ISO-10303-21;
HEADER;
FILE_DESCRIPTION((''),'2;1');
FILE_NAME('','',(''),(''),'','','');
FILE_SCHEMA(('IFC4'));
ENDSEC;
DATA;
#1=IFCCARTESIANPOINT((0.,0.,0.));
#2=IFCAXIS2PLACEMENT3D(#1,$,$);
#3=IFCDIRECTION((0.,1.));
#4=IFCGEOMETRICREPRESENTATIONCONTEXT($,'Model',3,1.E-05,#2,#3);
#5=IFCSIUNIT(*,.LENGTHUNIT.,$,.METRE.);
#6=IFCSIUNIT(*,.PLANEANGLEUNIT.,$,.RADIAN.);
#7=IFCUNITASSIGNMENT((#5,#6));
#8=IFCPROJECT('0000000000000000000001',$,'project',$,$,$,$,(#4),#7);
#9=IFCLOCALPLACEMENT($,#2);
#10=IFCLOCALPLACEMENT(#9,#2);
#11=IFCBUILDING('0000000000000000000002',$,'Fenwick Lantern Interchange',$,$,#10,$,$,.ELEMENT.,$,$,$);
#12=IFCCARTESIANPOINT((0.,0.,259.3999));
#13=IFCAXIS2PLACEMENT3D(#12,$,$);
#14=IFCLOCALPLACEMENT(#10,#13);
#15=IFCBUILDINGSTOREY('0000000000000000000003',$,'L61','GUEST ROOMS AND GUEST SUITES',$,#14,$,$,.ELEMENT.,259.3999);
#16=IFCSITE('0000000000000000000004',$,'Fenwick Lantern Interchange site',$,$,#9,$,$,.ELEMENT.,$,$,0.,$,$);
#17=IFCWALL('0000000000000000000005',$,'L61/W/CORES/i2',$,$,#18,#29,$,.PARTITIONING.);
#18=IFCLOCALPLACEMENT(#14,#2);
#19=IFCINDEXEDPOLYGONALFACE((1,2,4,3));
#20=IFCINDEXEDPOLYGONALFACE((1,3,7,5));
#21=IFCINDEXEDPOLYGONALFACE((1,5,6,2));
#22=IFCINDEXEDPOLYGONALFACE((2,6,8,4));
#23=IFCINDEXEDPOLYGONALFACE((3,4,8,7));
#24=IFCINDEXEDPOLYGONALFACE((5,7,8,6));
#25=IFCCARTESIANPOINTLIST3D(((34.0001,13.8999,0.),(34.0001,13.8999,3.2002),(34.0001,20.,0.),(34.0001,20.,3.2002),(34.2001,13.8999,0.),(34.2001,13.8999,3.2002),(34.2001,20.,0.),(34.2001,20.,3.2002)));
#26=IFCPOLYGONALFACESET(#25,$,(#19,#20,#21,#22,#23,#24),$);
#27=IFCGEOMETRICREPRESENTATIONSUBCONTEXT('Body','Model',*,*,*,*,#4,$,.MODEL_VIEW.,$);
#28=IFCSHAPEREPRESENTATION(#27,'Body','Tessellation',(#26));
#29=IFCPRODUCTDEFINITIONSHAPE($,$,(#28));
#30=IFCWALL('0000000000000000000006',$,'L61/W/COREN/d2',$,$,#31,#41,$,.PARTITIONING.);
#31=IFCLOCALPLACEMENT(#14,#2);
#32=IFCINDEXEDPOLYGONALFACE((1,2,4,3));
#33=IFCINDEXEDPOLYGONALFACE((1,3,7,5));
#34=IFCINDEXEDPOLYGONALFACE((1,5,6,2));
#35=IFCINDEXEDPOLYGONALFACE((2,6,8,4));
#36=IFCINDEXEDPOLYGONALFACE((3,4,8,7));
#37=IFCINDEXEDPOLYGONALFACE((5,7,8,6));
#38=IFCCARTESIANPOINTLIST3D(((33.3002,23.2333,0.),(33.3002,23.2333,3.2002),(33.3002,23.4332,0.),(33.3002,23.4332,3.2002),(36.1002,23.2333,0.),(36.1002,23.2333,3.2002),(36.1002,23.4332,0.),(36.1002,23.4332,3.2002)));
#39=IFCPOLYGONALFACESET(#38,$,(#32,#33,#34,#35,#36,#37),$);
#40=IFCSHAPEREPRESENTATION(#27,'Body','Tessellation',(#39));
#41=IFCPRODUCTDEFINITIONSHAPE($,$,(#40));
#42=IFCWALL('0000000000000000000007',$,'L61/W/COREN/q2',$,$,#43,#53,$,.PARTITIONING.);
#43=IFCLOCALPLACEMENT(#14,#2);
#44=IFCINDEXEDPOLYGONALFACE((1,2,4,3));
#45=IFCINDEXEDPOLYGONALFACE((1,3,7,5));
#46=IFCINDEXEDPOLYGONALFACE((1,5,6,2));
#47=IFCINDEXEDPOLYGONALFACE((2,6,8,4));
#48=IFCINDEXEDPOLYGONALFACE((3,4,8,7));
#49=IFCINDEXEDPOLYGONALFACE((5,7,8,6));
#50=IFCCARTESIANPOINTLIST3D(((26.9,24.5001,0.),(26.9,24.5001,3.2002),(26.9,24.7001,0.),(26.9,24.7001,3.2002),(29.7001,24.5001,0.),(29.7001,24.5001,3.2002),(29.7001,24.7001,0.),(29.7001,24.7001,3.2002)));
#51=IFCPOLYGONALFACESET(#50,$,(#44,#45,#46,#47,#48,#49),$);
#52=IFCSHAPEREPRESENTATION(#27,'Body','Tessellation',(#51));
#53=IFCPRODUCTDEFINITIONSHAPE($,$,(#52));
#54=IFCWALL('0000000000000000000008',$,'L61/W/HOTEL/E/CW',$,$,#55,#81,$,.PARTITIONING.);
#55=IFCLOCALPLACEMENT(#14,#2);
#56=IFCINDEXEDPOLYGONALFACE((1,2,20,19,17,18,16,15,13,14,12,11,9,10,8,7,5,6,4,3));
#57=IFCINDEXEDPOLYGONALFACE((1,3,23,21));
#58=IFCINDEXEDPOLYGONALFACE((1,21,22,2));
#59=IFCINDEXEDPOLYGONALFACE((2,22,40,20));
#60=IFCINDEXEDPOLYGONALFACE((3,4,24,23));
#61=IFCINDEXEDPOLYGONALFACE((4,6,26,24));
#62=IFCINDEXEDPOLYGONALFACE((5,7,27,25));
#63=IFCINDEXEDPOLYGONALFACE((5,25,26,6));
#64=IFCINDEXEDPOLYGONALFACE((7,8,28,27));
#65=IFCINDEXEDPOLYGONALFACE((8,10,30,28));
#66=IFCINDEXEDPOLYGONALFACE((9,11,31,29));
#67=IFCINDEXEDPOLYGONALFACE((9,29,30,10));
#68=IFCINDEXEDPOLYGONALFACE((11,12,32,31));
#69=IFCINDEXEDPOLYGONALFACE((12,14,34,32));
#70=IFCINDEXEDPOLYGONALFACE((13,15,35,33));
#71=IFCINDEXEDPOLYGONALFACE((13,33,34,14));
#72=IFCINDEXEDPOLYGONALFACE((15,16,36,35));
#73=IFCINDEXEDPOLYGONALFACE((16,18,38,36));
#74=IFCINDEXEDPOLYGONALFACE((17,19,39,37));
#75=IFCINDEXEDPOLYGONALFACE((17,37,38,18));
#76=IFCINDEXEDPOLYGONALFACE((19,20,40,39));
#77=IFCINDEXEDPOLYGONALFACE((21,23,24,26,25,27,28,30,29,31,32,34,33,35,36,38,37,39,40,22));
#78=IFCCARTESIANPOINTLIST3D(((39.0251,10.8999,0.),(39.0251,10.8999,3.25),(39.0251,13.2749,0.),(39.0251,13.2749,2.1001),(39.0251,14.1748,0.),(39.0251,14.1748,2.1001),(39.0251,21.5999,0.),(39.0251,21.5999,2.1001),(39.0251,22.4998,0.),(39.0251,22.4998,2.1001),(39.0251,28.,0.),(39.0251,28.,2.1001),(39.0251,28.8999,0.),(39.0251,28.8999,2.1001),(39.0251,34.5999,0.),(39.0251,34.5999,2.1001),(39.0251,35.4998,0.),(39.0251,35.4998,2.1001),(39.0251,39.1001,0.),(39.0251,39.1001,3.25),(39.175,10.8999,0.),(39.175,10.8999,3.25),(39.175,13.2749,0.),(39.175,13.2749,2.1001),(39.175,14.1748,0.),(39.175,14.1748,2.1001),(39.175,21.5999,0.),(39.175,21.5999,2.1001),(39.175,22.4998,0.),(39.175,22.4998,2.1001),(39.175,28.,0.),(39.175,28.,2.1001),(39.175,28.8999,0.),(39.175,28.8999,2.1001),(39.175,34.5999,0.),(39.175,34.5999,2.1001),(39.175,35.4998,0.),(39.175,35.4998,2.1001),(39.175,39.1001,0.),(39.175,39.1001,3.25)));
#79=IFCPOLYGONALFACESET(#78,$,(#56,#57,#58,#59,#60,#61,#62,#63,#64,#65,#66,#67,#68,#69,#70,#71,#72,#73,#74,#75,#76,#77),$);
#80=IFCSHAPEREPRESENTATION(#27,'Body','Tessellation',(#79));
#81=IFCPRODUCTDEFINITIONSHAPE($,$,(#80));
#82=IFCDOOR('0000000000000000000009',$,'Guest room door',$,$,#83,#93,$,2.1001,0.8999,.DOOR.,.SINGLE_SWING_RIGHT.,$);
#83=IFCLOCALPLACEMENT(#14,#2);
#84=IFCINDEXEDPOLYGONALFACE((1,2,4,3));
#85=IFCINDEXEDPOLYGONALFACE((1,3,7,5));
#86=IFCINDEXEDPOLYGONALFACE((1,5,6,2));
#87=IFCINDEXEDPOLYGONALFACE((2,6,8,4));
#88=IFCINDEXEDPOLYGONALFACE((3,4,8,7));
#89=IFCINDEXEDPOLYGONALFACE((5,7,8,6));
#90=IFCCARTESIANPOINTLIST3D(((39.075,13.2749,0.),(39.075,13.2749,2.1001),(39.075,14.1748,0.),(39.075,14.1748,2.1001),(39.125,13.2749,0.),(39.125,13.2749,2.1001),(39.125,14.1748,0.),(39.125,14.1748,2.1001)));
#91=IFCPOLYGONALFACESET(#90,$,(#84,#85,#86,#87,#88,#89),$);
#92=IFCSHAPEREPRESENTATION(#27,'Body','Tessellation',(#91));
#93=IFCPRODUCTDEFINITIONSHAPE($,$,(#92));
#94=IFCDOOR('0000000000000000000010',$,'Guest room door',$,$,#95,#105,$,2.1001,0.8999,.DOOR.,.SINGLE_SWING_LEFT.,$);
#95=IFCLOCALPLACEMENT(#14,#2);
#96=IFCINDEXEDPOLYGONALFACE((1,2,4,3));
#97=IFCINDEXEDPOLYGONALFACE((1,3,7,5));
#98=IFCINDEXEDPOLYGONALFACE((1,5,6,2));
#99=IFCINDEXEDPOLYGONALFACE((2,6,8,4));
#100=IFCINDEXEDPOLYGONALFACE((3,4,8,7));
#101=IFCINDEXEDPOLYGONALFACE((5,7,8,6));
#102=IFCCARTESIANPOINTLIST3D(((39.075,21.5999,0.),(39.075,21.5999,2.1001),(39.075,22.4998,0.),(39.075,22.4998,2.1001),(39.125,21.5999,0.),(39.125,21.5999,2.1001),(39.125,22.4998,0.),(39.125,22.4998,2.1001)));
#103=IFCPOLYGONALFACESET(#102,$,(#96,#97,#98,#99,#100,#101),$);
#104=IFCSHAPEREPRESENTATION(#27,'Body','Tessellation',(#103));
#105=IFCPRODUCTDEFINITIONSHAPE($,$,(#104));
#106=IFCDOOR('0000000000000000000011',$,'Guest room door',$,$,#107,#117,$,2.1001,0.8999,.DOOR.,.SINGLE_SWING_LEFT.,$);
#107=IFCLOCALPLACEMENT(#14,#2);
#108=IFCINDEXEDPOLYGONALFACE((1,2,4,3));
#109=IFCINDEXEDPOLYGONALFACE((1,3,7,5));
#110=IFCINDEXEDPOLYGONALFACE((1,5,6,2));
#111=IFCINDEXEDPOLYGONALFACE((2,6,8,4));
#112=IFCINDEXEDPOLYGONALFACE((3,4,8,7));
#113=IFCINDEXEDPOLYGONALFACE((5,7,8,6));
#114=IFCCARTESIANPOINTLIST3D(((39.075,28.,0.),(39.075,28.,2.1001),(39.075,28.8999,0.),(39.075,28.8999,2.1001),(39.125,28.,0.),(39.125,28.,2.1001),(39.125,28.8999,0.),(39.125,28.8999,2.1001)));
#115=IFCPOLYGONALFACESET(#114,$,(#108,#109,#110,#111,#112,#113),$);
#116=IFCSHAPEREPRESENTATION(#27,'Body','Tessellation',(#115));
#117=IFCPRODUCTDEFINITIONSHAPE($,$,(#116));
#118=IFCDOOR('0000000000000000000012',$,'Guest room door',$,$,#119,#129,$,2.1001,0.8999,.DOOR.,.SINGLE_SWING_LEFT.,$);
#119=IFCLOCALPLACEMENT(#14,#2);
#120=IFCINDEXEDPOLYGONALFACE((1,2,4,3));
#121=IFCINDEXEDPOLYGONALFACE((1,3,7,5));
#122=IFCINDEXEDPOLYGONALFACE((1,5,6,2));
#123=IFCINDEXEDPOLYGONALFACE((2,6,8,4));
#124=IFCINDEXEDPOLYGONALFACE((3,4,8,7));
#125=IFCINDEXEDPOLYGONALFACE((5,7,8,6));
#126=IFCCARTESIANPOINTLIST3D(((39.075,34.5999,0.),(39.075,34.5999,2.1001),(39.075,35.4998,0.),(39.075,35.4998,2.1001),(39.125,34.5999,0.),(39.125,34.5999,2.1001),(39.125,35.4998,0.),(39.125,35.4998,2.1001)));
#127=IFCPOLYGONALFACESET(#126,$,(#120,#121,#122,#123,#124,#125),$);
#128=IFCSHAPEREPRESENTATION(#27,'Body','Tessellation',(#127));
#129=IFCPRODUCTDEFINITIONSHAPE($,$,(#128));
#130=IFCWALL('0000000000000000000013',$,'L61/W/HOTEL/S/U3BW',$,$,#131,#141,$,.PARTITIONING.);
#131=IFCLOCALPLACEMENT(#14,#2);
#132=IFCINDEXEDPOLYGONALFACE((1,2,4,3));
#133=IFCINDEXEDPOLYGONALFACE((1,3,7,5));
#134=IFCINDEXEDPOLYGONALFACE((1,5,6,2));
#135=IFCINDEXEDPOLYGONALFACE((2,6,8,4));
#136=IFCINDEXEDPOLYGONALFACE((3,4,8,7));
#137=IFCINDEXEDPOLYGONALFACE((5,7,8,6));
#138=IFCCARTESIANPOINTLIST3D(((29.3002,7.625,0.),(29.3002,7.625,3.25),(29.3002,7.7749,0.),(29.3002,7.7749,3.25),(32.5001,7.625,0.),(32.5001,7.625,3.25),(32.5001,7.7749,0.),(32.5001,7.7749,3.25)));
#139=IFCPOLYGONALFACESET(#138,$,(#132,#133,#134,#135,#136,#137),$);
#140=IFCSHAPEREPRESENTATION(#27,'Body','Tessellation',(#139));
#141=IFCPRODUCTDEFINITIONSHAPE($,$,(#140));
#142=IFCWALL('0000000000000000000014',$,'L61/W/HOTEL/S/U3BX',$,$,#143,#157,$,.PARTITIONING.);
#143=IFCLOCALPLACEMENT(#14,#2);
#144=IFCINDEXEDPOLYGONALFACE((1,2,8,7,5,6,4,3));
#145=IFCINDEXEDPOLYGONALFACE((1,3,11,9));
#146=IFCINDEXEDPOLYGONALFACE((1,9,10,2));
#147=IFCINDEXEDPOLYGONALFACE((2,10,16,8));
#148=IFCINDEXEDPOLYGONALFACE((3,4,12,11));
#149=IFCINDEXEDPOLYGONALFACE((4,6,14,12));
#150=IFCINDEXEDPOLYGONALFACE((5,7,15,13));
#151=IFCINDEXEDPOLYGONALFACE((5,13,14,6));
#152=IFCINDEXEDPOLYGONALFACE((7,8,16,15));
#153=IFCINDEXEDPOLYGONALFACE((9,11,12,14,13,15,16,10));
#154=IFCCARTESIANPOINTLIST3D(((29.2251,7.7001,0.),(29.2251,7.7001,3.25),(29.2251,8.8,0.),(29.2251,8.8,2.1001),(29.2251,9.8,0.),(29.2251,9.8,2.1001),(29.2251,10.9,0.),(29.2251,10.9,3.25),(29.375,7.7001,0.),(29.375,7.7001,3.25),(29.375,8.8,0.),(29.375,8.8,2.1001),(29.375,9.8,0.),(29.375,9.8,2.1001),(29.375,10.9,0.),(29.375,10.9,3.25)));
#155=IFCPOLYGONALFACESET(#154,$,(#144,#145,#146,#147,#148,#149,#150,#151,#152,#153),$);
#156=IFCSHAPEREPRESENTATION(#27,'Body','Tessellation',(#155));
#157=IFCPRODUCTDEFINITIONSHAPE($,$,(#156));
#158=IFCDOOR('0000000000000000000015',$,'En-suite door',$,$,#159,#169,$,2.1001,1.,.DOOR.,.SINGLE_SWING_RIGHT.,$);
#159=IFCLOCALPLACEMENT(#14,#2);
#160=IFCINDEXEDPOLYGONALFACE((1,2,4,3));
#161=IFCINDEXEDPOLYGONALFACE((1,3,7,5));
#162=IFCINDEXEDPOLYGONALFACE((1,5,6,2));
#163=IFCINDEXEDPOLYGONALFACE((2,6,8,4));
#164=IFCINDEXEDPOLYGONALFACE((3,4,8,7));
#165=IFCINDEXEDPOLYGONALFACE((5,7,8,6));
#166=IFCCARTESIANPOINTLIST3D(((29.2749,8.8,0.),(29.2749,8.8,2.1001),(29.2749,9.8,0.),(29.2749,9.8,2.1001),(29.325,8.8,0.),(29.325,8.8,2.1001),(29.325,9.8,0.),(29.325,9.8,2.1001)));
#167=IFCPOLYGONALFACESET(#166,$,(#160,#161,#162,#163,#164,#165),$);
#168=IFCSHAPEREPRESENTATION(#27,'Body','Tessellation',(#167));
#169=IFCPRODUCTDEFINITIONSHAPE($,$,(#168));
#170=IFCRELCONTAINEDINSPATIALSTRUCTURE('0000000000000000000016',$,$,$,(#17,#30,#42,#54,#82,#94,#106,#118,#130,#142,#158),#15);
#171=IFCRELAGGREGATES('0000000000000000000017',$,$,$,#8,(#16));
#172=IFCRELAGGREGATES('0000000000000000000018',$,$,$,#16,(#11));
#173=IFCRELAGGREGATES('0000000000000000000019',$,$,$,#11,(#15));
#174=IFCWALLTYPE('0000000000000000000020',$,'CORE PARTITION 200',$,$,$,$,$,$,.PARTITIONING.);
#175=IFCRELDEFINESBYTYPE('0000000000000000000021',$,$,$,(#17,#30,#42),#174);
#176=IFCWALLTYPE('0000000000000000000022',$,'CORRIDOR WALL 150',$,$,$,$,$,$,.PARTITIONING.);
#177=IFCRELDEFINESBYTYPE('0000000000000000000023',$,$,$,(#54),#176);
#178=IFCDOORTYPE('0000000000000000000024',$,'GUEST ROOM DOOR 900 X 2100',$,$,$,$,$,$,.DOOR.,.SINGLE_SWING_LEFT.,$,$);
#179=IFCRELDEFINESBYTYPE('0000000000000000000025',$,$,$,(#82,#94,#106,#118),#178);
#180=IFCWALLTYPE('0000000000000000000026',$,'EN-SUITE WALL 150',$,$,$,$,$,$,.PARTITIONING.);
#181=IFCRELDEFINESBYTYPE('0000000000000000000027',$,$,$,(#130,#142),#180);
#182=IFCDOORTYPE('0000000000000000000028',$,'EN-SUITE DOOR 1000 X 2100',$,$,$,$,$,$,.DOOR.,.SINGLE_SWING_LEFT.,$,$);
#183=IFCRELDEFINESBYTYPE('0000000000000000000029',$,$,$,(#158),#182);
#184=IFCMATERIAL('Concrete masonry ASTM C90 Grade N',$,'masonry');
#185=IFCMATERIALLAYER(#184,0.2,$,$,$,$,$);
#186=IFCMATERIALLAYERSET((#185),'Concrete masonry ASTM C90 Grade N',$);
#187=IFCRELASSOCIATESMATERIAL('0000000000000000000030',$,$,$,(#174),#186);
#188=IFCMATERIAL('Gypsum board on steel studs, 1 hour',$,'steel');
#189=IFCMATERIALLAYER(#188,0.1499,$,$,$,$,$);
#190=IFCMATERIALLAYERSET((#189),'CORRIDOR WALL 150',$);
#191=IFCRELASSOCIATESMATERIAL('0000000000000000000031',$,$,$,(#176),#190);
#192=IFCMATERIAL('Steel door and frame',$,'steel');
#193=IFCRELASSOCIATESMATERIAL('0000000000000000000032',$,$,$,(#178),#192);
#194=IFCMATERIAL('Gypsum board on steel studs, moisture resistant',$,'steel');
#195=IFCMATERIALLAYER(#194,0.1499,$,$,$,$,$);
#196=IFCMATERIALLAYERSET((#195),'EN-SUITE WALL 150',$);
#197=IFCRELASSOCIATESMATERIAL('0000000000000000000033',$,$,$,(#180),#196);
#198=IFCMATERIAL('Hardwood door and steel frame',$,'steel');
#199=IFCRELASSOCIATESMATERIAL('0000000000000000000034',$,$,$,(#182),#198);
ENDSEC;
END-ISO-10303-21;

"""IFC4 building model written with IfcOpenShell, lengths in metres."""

from ifc_helpers import new_model, si_unit, direction, frame, frame_2d, origin, place, context, subcontext, project, spatial, rectangle, extrude, material, layer, layer_set, type_object, element, fill, save


model = new_model("IFC4")

# Units and contexts
model_context = context("Model", 3, precision=1e-05, world=origin(), true_north=direction((0.0, 1.0)))
body_context = subcontext(model_context, "Body", "Model", "MODEL_VIEW")
ifc_project = project(units=[si_unit("LENGTHUNIT", "METRE"), si_unit("PLANEANGLEUNIT", "RADIAN")], contexts=[model_context])

# Site, building, storey
site_placement = place(None, origin())
site = spatial("IfcSite", under=ifc_project, at=site_placement, Name="Fenwick Lantern Interchange site", CompositionType="ELEMENT", RefElevation=0.0)
building_placement = place(site_placement, origin())
building = spatial("IfcBuilding", under=site, at=building_placement, Name="Fenwick Lantern Interchange", CompositionType="ELEMENT")
storey_placement = place(building_placement, frame((0.0, 0.0, 259.3999)))
storey = spatial("IfcBuildingStorey", under=building, at=storey_placement, Name="L61", Description="GUEST ROOMS AND GUEST SUITES", CompositionType="ELEMENT", Elevation=259.3999)

# Walls
ifc_material_1 = material(Name="Concrete masonry ASTM C90 Grade N", Category="masonry")
ifc_layer_1 = layer(ifc_material_1, 0.2)
ifc_layer_set_1 = layer_set([ifc_layer_1], Name="Concrete masonry ASTM C90 Grade N")
wall_type_1 = type_object("IfcWallType", Name="CORE PARTITION 200", PredefinedType="PARTITIONING", material=ifc_layer_set_1)
wall_1_placement = place(storey_placement, frame((34.1001, 13.8999, 0.0), z_axis=(0.0, 0.0, 1.0), x_axis=(0.0, 1.0, 0.0)))
element("IfcWall", 1, at=wall_1_placement, inside=storey, type_object=wall_type_1, Name="L61/W/CORES/i2", PredefinedType="PARTITIONING", context=body_context, shape_type="SweptSolid", body=[
    extrude(rectangle(XDim=6.1001, YDim=0.2, at=frame_2d((3.05, 0.0))), origin(), (0.0, 0.0, 1.0), 3.2002),
])
for number, where, z_axis, x_axis, name in (
    (2, (36.1001, 23.3333, 0.0), (0.0, 0.0, 1.0), (-1.0, 0.0, 0.0), "L61/W/COREN/d2"),
    (3, (29.7, 24.6001, 0.0), (0.0, 0.0, 1.0), (-1.0, 0.0, 0.0), "L61/W/COREN/q2"),
):
    element("IfcWall", number, at=place(storey_placement, frame(where, z_axis=z_axis, x_axis=x_axis)), inside=storey, type_object=wall_type_1, Name=name, PredefinedType="PARTITIONING", context=body_context, shape_type="SweptSolid", body=[
        extrude(rectangle(XDim=2.8, YDim=0.2, at=frame_2d((1.3999, 0.0))), origin(), (0.0, 0.0, 1.0), 3.2002),
    ])

# Wall, openings, doors
ifc_material_2 = material(Name="Steel door and frame", Category="steel")
ifc_material_3 = material(Name="Hardwood door and steel frame", Category="steel")
ifc_material_4 = material(Name="Gypsum board on steel studs, 1 hour", Category="steel")
ifc_layer_2 = layer(ifc_material_4, 0.1499)
ifc_layer_set_2 = layer_set([ifc_layer_2], Name="CORRIDOR WALL 150")
wall_type_2 = type_object("IfcWallType", Name="CORRIDOR WALL 150", PredefinedType="PARTITIONING", material=ifc_layer_set_2)
wall_2_placement = place(storey_placement, frame((39.1001, 10.8999, 0.0), z_axis=(0.0, 0.0, 1.0), x_axis=(0.0, 1.0, 0.0)))
wall_2 = element("IfcWall", 4, at=wall_2_placement, inside=storey, type_object=wall_type_2, Name="L61/W/HOTEL/E/CW", PredefinedType="PARTITIONING", context=body_context, shape_type="SweptSolid", body=[
    extrude(rectangle(XDim=28.2002, YDim=0.1499, at=frame_2d((14.1001, 0.0))), origin(), (0.0, 0.0, 1.0), 3.25),
])
opening_1_placement = place(wall_2_placement, frame((2.375, 0.0, 0.0)))
opening_1 = element("IfcOpeningElement", 5, at=opening_1_placement, cuts=wall_2, PredefinedType="OPENING", context=body_context, shape_type="SweptSolid", body=[
    extrude(rectangle(XDim=0.8999, YDim=2.1001, at=frame_2d((0.45, 1.05))), frame((0.0, 0.085, 0.0), z_axis=(0.0, -1.0, 0.0), x_axis=(1.0, 0.0, 0.0)), (0.0, 0.0, 1.0), 0.1699),
])
opening_2_placement = place(wall_2_placement, frame((10.7, 0.0, 0.0)))
opening_2 = element("IfcOpeningElement", 6, at=opening_2_placement, cuts=wall_2, PredefinedType="OPENING", context=body_context, shape_type="SweptSolid", body=[
    extrude(rectangle(XDim=0.8999, YDim=2.1001, at=frame_2d((0.45, 1.05))), frame((0.0, 0.085, 0.0), z_axis=(0.0, -1.0, 0.0), x_axis=(1.0, 0.0, 0.0)), (0.0, 0.0, 1.0), 0.1699),
])
opening_3_placement = place(wall_2_placement, frame((17.1001, 0.0, 0.0)))
opening_3 = element("IfcOpeningElement", 7, at=opening_3_placement, cuts=wall_2, PredefinedType="OPENING", context=body_context, shape_type="SweptSolid", body=[
    extrude(rectangle(XDim=0.8999, YDim=2.1001, at=frame_2d((0.45, 1.05))), frame((0.0, 0.085, 0.0), z_axis=(0.0, -1.0, 0.0), x_axis=(1.0, 0.0, 0.0)), (0.0, 0.0, 1.0), 0.1699),
])
opening_4_placement = place(wall_2_placement, frame((23.7, 0.0, 0.0)))
opening_4 = element("IfcOpeningElement", 8, at=opening_4_placement, cuts=wall_2, PredefinedType="OPENING", context=body_context, shape_type="SweptSolid", body=[
    extrude(rectangle(XDim=0.8999, YDim=2.1001, at=frame_2d((0.45, 1.05))), frame((0.0, 0.085, 0.0), z_axis=(0.0, -1.0, 0.0), x_axis=(1.0, 0.0, 0.0)), (0.0, 0.0, 1.0), 0.1699),
])
door_type_1 = type_object("IfcDoorType", Name="GUEST ROOM DOOR 900 X 2100", OperationType="SINGLE_SWING_LEFT", PredefinedType="DOOR", material=ifc_material_2)
door_1_placement = place(opening_1_placement, frame((0.8999, 0.0, 0.0), z_axis=(0.0, 0.0, 1.0), x_axis=(-1.0, 0.0, 0.0)))
door_1 = element("IfcDoor", 9, at=door_1_placement, inside=storey, type_object=door_type_1, Name="Guest room door", OperationType="SINGLE_SWING_RIGHT", OverallHeight=2.1001, OverallWidth=0.8999, PredefinedType="DOOR", context=body_context, shape_type="SweptSolid", body=[
    extrude(rectangle(XDim=0.8999, YDim=2.1001, at=frame_2d((0.45, 1.05))), frame((0.0, 0.0249, 0.0), z_axis=(0.0, -1.0, 0.0), x_axis=(1.0, 0.0, 0.0)), (0.0, 0.0, 1.0), 0.05),
])
fill(opening_1, door_1)
door_2_placement = place(opening_2_placement, frame((0.8999, 0.0, 0.0), z_axis=(0.0, 0.0, 1.0), x_axis=(-1.0, 0.0, 0.0)))
door_2 = element("IfcDoor", 10, at=door_2_placement, inside=storey, type_object=door_type_1, Name="Guest room door", OperationType="SINGLE_SWING_LEFT", OverallHeight=2.1001, OverallWidth=0.8999, PredefinedType="DOOR", context=body_context, shape_type="SweptSolid", body=[
    extrude(rectangle(XDim=0.8999, YDim=2.1001, at=frame_2d((0.45, 1.05))), frame((0.0, 0.0249, 0.0), z_axis=(0.0, -1.0, 0.0), x_axis=(1.0, 0.0, 0.0)), (0.0, 0.0, 1.0), 0.05),
])
fill(opening_2, door_2)
door_3_placement = place(opening_3_placement, frame((0.8999, 0.0, 0.0), z_axis=(0.0, 0.0, 1.0), x_axis=(-1.0, 0.0, 0.0)))
door_3 = element("IfcDoor", 11, at=door_3_placement, inside=storey, type_object=door_type_1, Name="Guest room door", OperationType="SINGLE_SWING_LEFT", OverallHeight=2.1001, OverallWidth=0.8999, PredefinedType="DOOR", context=body_context, shape_type="SweptSolid", body=[
    extrude(rectangle(XDim=0.8999, YDim=2.1001, at=frame_2d((0.45, 1.05))), frame((0.0, 0.0249, 0.0), z_axis=(0.0, -1.0, 0.0), x_axis=(1.0, 0.0, 0.0)), (0.0, 0.0, 1.0), 0.05),
])
fill(opening_3, door_3)
door_4_placement = place(opening_4_placement, frame((0.8999, 0.0, 0.0), z_axis=(0.0, 0.0, 1.0), x_axis=(-1.0, 0.0, 0.0)))
door_4 = element("IfcDoor", 12, at=door_4_placement, inside=storey, type_object=door_type_1, Name="Guest room door", OperationType="SINGLE_SWING_LEFT", OverallHeight=2.1001, OverallWidth=0.8999, PredefinedType="DOOR", context=body_context, shape_type="SweptSolid", body=[
    extrude(rectangle(XDim=0.8999, YDim=2.1001, at=frame_2d((0.45, 1.05))), frame((0.0, 0.0249, 0.0), z_axis=(0.0, -1.0, 0.0), x_axis=(1.0, 0.0, 0.0)), (0.0, 0.0, 1.0), 0.05),
])
fill(opening_4, door_4)

# Wall
ifc_material_5 = material(Name="Gypsum board on steel studs, moisture resistant", Category="steel")
ifc_layer_3 = layer(ifc_material_5, 0.1499)
ifc_layer_set_3 = layer_set([ifc_layer_3], Name="EN-SUITE WALL 150")
wall_type_3 = type_object("IfcWallType", Name="EN-SUITE WALL 150", PredefinedType="PARTITIONING", material=ifc_layer_set_3)
wall_3_placement = place(storey_placement, frame((29.3, 7.7, 0.0), z_axis=(0.0, 0.0, 1.0), x_axis=(1.0, 0.0, 0.0)))
element("IfcWall", 13, at=wall_3_placement, inside=storey, type_object=wall_type_3, Name="L61/W/HOTEL/S/U3BW", PredefinedType="PARTITIONING", context=body_context, shape_type="SweptSolid", body=[
    extrude(rectangle(XDim=3.2, YDim=0.1499, at=frame_2d((1.6001, 0.0))), origin(), (0.0, 0.0, 1.0), 3.25),
])

# Wall, opening, door
wall_4_placement = place(storey_placement, frame((29.3, 7.7, 0.0), z_axis=(0.0, 0.0, 1.0), x_axis=(0.0, 1.0, 0.0)))
wall_4 = element("IfcWall", 14, at=wall_4_placement, inside=storey, type_object=wall_type_3, Name="L61/W/HOTEL/S/U3BX", PredefinedType="PARTITIONING", context=body_context, shape_type="SweptSolid", body=[
    extrude(rectangle(XDim=3.2, YDim=0.1499, at=frame_2d((1.6001, 0.0))), origin(), (0.0, 0.0, 1.0), 3.25),
])
opening_5_placement = place(wall_4_placement, frame((1.1001, 0.0, 0.0)))
opening_5 = element("IfcOpeningElement", 15, at=opening_5_placement, cuts=wall_4, PredefinedType="OPENING", context=body_context, shape_type="SweptSolid", body=[
    extrude(rectangle(XDim=1.0, YDim=2.1001, at=frame_2d((0.5, 1.05))), frame((0.0, 0.085, 0.0), z_axis=(0.0, -1.0, 0.0), x_axis=(1.0, 0.0, 0.0)), (0.0, 0.0, 1.0), 0.1699),
])
door_type_2 = type_object("IfcDoorType", Name="EN-SUITE DOOR 1000 X 2100", OperationType="SINGLE_SWING_LEFT", PredefinedType="DOOR", material=ifc_material_3)
door_5_placement = place(opening_5_placement, frame((1.0, 0.0, 0.0), z_axis=(0.0, 0.0, 1.0), x_axis=(-1.0, 0.0, 0.0)))
door_5 = element("IfcDoor", 16, at=door_5_placement, inside=storey, type_object=door_type_2, Name="En-suite door", OperationType="SINGLE_SWING_RIGHT", OverallHeight=2.1001, OverallWidth=1.0, PredefinedType="DOOR", context=body_context, shape_type="SweptSolid", body=[
    extrude(rectangle(XDim=1.0, YDim=2.1001, at=frame_2d((0.5, 1.05))), frame((0.0, 0.0249, 0.0), z_axis=(0.0, -1.0, 0.0), x_axis=(1.0, 0.0, 0.0)), (0.0, 0.0, 1.0), 0.05),
])
fill(opening_5, door_5)

save(model, "model.ifc")
